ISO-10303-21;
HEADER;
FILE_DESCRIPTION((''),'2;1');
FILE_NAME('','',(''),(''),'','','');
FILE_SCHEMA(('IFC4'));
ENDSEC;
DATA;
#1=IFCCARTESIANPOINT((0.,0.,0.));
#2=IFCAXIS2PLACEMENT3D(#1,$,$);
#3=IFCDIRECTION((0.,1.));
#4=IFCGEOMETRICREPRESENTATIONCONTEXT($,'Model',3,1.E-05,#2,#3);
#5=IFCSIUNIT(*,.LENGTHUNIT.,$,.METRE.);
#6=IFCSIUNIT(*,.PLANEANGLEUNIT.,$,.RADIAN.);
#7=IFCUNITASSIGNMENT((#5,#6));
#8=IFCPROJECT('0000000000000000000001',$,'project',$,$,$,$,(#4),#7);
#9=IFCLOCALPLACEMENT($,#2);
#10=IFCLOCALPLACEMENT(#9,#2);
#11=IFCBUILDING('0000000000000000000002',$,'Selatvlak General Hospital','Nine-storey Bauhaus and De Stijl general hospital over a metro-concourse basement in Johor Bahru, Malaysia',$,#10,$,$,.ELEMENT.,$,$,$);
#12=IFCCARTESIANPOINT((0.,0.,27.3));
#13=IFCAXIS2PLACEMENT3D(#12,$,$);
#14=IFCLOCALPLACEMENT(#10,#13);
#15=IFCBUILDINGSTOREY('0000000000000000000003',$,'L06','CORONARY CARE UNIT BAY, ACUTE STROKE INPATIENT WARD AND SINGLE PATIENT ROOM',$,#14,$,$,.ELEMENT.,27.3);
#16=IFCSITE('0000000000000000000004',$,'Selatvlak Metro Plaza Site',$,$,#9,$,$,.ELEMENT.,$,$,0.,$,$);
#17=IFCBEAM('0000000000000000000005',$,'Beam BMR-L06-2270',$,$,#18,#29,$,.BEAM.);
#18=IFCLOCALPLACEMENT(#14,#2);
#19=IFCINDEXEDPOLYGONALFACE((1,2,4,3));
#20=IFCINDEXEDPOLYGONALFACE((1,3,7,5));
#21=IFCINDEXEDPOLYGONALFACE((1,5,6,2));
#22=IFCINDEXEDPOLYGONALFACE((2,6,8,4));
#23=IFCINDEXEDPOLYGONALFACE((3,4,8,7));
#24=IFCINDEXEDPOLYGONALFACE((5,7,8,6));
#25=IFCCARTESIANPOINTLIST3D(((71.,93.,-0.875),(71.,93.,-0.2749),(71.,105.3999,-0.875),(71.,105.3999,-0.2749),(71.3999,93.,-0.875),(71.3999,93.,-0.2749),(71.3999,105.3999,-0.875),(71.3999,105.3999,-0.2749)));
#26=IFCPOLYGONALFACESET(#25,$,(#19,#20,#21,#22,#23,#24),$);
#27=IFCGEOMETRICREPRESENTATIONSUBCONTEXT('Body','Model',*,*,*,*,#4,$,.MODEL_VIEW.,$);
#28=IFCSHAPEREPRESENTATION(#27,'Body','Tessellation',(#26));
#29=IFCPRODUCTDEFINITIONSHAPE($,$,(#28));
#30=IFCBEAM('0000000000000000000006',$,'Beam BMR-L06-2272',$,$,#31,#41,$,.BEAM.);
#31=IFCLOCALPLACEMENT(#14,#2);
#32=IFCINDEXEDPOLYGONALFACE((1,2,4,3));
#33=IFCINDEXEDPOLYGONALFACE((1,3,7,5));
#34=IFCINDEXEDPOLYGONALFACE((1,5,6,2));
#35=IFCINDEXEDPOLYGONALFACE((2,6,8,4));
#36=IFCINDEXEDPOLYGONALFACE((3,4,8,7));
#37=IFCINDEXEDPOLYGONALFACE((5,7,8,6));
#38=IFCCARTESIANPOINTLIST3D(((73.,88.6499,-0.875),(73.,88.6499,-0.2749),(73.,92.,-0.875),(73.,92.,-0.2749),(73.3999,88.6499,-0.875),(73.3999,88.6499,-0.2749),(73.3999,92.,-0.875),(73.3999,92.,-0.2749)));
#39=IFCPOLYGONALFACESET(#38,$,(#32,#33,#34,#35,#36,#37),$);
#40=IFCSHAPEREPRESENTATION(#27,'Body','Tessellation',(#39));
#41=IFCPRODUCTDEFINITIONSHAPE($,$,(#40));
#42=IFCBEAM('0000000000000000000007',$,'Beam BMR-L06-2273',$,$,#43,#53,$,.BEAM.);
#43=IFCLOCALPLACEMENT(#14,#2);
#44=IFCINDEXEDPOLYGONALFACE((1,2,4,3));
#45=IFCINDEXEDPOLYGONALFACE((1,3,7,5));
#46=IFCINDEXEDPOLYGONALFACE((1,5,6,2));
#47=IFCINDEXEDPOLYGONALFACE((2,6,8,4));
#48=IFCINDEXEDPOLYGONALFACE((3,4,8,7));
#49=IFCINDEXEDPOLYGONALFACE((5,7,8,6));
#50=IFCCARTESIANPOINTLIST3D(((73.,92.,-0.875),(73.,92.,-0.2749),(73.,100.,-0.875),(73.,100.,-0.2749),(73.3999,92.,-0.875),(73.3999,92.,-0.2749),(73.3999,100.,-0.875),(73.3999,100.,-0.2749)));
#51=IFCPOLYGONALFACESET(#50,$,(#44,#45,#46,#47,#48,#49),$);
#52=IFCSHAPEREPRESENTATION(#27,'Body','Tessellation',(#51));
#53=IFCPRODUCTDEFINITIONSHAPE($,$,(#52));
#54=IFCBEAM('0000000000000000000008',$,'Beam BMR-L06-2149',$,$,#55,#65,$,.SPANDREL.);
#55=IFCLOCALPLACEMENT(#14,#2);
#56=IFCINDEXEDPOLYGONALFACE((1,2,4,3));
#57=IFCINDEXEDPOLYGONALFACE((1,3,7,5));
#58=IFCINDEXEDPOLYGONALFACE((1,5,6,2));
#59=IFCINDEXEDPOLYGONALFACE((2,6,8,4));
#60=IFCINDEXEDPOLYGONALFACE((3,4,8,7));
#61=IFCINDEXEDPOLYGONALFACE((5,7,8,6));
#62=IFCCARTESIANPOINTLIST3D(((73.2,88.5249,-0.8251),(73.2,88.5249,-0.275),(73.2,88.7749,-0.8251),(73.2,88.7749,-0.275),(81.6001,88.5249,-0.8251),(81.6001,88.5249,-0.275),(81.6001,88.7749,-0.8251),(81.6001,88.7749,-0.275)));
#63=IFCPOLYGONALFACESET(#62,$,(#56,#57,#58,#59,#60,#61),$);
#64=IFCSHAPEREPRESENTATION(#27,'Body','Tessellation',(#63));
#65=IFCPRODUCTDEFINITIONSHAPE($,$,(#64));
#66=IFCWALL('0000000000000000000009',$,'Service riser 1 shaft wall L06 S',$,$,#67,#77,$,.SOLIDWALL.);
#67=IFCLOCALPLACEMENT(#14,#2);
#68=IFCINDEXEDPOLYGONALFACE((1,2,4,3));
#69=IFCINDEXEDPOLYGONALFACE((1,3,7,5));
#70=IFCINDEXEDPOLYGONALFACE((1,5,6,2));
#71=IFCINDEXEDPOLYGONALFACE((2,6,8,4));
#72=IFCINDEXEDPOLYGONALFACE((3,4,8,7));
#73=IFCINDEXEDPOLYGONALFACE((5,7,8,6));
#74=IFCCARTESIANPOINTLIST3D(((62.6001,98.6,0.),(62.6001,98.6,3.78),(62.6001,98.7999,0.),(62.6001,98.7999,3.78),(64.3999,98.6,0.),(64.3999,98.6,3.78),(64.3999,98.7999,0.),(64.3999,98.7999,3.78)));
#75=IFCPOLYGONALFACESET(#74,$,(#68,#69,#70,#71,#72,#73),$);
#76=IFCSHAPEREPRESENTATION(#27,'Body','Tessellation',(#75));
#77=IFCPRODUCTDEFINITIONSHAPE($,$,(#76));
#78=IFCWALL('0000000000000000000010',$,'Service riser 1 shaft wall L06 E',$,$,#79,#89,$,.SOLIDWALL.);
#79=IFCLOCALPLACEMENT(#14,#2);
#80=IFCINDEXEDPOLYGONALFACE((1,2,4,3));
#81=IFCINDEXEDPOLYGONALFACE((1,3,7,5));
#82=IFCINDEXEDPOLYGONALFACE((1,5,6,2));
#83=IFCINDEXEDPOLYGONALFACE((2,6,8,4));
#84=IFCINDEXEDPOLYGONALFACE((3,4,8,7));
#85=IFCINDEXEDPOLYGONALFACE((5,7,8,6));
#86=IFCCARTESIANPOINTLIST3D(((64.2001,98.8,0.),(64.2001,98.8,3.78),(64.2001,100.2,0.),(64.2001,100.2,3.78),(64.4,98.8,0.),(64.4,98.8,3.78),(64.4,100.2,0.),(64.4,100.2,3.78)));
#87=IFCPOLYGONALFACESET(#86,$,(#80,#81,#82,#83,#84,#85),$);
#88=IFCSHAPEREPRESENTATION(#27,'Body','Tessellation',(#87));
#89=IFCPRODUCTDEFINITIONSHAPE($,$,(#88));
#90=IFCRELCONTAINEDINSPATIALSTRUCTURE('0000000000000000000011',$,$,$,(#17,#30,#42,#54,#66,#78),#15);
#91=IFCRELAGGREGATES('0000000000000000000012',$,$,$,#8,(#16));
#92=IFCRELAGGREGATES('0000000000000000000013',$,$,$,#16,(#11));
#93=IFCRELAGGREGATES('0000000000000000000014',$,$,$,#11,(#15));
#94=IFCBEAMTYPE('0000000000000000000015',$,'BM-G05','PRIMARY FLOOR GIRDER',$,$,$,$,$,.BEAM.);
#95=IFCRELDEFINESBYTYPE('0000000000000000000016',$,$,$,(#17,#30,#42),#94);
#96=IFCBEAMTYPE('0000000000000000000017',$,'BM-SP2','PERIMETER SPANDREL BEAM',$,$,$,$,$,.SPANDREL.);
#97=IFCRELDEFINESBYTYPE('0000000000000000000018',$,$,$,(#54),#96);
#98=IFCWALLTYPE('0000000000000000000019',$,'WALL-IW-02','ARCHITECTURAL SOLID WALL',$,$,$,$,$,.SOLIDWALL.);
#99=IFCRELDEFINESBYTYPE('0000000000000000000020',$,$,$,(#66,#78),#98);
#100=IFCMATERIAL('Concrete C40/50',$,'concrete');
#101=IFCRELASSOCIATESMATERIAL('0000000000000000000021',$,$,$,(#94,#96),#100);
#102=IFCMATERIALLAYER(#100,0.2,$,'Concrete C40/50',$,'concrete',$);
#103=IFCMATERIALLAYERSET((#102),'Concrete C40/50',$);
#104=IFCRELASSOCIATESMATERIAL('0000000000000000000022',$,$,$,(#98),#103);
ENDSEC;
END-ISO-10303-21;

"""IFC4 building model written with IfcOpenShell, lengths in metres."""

from ifc_helpers import new_model, si_unit, direction, frame, frame_2d, origin, origin_2d, place, context, subcontext, project, spatial, rectangle, extrude, material, layer, layer_set, material_profile, profile_set, type_object, element, save


model = new_model("IFC4")

# Units and contexts
model_context = context("Model", 3, precision=1e-05, world=origin(), true_north=direction((0.0, 1.0)))
body_context = subcontext(model_context, "Body", "Model", "MODEL_VIEW")
ifc_project = project(units=[si_unit("LENGTHUNIT", "METRE"), si_unit("PLANEANGLEUNIT", "RADIAN")], contexts=[model_context])

# Site, building, storey
site_placement = place(None, origin())
site = spatial("IfcSite", under=ifc_project, at=site_placement, Name="Selatvlak Metro Plaza Site", CompositionType="ELEMENT", RefElevation=0.0)
building_placement = place(site_placement, origin())
building = spatial("IfcBuilding", under=site, at=building_placement, Name="Selatvlak General Hospital", Description="Nine-storey Bauhaus and De Stijl general hospital over a metro-concourse basement in Johor Bahru, Malaysia", CompositionType="ELEMENT")
storey_placement = place(building_placement, frame((0.0, 0.0, 27.3)))
storey = spatial("IfcBuildingStorey", under=building, at=storey_placement, Name="L06", Description="CORONARY CARE UNIT BAY, ACUTE STROKE INPATIENT WARD AND SINGLE PATIENT ROOM", CompositionType="ELEMENT", Elevation=27.3)

# Shared definitions
ifc_material_1 = material(Name="Concrete C40/50", Category="concrete")

# Beams
ifc_material_profile_1 = material_profile(ifc_material_1, rectangle(XDim=0.3999, YDim=0.6001, at=origin_2d()), Name="RC-BM 400x600")
ifc_profile_set_1 = profile_set([ifc_material_profile_1], Name="Concrete C40/50")
beam_type_1 = type_object("IfcBeamType", Name="BM-G05", Description="PRIMARY FLOOR GIRDER", PredefinedType="BEAM", material=ifc_profile_set_1)
beam_1_placement = place(storey_placement, frame((71.2, 93.0, -0.575), z_axis=(0.0, 1.0, 0.0), x_axis=(-1.0, 0.0, 0.0)))
element("IfcBeam", 1, at=beam_1_placement, inside=storey, type_object=beam_type_1, Name="Beam BMR-L06-2270", PredefinedType="BEAM", context=body_context, shape_type="SweptSolid", body=[
    extrude(rectangle(XDim=0.3999, YDim=0.6001, at=origin_2d()), origin(), (0.0, 0.0, 1.0), 12.3999),
])
beam_2_placement = place(storey_placement, frame((73.2, 88.6499, -0.575), z_axis=(0.0, 1.0, 0.0), x_axis=(-1.0, 0.0, 0.0)))
element("IfcBeam", 2, at=beam_2_placement, inside=storey, type_object=beam_type_1, Name="Beam BMR-L06-2272", PredefinedType="BEAM", context=body_context, shape_type="SweptSolid", body=[
    extrude(rectangle(XDim=0.3999, YDim=0.6001, at=origin_2d()), origin(), (0.0, 0.0, 1.0), 3.3501),
])
beam_3_placement = place(storey_placement, frame((73.2, 92.0, -0.575), z_axis=(0.0, 1.0, 0.0), x_axis=(-1.0, 0.0, 0.0)))
element("IfcBeam", 3, at=beam_3_placement, inside=storey, type_object=beam_type_1, Name="Beam BMR-L06-2273", PredefinedType="BEAM", context=body_context, shape_type="SweptSolid", body=[
    extrude(rectangle(XDim=0.3999, YDim=0.6001, at=origin_2d()), origin(), (0.0, 0.0, 1.0), 8.0),
])
ifc_material_profile_2 = material_profile(ifc_material_1, rectangle(XDim=0.25, YDim=0.55, at=origin_2d()), Name="RC-SP 250x550")
ifc_profile_set_2 = profile_set([ifc_material_profile_2], Name="Concrete C40/50")
beam_type_2 = type_object("IfcBeamType", Name="BM-SP2", Description="PERIMETER SPANDREL BEAM", PredefinedType="SPANDREL", material=ifc_profile_set_2)
beam_4_placement = place(storey_placement, frame((73.2, 88.6499, -0.55), z_axis=(1.0, 0.0, 0.0), x_axis=(0.0, 1.0, 0.0)))
element("IfcBeam", 4, at=beam_4_placement, inside=storey, type_object=beam_type_2, Name="Beam BMR-L06-2149", PredefinedType="SPANDREL", context=body_context, shape_type="SweptSolid", body=[
    extrude(rectangle(XDim=0.25, YDim=0.55, at=origin_2d()), origin(), (0.0, 0.0, 1.0), 8.4001),
])

# Walls
ifc_layer = layer(ifc_material_1, 0.2, Name="Concrete C40/50", Category="concrete")
ifc_layer_set = layer_set([ifc_layer], Name="Concrete C40/50")
wall_type = type_object("IfcWallType", Name="WALL-IW-02", Description="ARCHITECTURAL SOLID WALL", PredefinedType="SOLIDWALL", material=ifc_layer_set)
wall_1_placement = place(storey_placement, frame((62.6001, 98.7, 0.0), z_axis=(0.0, 0.0, 1.0), x_axis=(1.0, 0.0, 0.0)))
element("IfcWall", 5, at=wall_1_placement, inside=storey, type_object=wall_type, Name="Service riser 1 shaft wall L06 S", PredefinedType="SOLIDWALL", context=body_context, shape_type="SweptSolid", body=[
    extrude(rectangle(XDim=1.7998, YDim=0.2, at=frame_2d((0.8999, 0.0))), origin(), (0.0, 0.0, 1.0), 3.78),
])
wall_2_placement = place(storey_placement, frame((64.3, 98.8, 0.0), z_axis=(0.0, 0.0, 1.0), x_axis=(0.0, 1.0, 0.0)))
element("IfcWall", 6, at=wall_2_placement, inside=storey, type_object=wall_type, Name="Service riser 1 shaft wall L06 E", PredefinedType="SOLIDWALL", context=body_context, shape_type="SweptSolid", body=[
    extrude(rectangle(XDim=1.3999, YDim=0.2, at=frame_2d((0.7, 0.0))), origin(), (0.0, 0.0, 1.0), 3.78),
])

save(model, "model.ifc")
